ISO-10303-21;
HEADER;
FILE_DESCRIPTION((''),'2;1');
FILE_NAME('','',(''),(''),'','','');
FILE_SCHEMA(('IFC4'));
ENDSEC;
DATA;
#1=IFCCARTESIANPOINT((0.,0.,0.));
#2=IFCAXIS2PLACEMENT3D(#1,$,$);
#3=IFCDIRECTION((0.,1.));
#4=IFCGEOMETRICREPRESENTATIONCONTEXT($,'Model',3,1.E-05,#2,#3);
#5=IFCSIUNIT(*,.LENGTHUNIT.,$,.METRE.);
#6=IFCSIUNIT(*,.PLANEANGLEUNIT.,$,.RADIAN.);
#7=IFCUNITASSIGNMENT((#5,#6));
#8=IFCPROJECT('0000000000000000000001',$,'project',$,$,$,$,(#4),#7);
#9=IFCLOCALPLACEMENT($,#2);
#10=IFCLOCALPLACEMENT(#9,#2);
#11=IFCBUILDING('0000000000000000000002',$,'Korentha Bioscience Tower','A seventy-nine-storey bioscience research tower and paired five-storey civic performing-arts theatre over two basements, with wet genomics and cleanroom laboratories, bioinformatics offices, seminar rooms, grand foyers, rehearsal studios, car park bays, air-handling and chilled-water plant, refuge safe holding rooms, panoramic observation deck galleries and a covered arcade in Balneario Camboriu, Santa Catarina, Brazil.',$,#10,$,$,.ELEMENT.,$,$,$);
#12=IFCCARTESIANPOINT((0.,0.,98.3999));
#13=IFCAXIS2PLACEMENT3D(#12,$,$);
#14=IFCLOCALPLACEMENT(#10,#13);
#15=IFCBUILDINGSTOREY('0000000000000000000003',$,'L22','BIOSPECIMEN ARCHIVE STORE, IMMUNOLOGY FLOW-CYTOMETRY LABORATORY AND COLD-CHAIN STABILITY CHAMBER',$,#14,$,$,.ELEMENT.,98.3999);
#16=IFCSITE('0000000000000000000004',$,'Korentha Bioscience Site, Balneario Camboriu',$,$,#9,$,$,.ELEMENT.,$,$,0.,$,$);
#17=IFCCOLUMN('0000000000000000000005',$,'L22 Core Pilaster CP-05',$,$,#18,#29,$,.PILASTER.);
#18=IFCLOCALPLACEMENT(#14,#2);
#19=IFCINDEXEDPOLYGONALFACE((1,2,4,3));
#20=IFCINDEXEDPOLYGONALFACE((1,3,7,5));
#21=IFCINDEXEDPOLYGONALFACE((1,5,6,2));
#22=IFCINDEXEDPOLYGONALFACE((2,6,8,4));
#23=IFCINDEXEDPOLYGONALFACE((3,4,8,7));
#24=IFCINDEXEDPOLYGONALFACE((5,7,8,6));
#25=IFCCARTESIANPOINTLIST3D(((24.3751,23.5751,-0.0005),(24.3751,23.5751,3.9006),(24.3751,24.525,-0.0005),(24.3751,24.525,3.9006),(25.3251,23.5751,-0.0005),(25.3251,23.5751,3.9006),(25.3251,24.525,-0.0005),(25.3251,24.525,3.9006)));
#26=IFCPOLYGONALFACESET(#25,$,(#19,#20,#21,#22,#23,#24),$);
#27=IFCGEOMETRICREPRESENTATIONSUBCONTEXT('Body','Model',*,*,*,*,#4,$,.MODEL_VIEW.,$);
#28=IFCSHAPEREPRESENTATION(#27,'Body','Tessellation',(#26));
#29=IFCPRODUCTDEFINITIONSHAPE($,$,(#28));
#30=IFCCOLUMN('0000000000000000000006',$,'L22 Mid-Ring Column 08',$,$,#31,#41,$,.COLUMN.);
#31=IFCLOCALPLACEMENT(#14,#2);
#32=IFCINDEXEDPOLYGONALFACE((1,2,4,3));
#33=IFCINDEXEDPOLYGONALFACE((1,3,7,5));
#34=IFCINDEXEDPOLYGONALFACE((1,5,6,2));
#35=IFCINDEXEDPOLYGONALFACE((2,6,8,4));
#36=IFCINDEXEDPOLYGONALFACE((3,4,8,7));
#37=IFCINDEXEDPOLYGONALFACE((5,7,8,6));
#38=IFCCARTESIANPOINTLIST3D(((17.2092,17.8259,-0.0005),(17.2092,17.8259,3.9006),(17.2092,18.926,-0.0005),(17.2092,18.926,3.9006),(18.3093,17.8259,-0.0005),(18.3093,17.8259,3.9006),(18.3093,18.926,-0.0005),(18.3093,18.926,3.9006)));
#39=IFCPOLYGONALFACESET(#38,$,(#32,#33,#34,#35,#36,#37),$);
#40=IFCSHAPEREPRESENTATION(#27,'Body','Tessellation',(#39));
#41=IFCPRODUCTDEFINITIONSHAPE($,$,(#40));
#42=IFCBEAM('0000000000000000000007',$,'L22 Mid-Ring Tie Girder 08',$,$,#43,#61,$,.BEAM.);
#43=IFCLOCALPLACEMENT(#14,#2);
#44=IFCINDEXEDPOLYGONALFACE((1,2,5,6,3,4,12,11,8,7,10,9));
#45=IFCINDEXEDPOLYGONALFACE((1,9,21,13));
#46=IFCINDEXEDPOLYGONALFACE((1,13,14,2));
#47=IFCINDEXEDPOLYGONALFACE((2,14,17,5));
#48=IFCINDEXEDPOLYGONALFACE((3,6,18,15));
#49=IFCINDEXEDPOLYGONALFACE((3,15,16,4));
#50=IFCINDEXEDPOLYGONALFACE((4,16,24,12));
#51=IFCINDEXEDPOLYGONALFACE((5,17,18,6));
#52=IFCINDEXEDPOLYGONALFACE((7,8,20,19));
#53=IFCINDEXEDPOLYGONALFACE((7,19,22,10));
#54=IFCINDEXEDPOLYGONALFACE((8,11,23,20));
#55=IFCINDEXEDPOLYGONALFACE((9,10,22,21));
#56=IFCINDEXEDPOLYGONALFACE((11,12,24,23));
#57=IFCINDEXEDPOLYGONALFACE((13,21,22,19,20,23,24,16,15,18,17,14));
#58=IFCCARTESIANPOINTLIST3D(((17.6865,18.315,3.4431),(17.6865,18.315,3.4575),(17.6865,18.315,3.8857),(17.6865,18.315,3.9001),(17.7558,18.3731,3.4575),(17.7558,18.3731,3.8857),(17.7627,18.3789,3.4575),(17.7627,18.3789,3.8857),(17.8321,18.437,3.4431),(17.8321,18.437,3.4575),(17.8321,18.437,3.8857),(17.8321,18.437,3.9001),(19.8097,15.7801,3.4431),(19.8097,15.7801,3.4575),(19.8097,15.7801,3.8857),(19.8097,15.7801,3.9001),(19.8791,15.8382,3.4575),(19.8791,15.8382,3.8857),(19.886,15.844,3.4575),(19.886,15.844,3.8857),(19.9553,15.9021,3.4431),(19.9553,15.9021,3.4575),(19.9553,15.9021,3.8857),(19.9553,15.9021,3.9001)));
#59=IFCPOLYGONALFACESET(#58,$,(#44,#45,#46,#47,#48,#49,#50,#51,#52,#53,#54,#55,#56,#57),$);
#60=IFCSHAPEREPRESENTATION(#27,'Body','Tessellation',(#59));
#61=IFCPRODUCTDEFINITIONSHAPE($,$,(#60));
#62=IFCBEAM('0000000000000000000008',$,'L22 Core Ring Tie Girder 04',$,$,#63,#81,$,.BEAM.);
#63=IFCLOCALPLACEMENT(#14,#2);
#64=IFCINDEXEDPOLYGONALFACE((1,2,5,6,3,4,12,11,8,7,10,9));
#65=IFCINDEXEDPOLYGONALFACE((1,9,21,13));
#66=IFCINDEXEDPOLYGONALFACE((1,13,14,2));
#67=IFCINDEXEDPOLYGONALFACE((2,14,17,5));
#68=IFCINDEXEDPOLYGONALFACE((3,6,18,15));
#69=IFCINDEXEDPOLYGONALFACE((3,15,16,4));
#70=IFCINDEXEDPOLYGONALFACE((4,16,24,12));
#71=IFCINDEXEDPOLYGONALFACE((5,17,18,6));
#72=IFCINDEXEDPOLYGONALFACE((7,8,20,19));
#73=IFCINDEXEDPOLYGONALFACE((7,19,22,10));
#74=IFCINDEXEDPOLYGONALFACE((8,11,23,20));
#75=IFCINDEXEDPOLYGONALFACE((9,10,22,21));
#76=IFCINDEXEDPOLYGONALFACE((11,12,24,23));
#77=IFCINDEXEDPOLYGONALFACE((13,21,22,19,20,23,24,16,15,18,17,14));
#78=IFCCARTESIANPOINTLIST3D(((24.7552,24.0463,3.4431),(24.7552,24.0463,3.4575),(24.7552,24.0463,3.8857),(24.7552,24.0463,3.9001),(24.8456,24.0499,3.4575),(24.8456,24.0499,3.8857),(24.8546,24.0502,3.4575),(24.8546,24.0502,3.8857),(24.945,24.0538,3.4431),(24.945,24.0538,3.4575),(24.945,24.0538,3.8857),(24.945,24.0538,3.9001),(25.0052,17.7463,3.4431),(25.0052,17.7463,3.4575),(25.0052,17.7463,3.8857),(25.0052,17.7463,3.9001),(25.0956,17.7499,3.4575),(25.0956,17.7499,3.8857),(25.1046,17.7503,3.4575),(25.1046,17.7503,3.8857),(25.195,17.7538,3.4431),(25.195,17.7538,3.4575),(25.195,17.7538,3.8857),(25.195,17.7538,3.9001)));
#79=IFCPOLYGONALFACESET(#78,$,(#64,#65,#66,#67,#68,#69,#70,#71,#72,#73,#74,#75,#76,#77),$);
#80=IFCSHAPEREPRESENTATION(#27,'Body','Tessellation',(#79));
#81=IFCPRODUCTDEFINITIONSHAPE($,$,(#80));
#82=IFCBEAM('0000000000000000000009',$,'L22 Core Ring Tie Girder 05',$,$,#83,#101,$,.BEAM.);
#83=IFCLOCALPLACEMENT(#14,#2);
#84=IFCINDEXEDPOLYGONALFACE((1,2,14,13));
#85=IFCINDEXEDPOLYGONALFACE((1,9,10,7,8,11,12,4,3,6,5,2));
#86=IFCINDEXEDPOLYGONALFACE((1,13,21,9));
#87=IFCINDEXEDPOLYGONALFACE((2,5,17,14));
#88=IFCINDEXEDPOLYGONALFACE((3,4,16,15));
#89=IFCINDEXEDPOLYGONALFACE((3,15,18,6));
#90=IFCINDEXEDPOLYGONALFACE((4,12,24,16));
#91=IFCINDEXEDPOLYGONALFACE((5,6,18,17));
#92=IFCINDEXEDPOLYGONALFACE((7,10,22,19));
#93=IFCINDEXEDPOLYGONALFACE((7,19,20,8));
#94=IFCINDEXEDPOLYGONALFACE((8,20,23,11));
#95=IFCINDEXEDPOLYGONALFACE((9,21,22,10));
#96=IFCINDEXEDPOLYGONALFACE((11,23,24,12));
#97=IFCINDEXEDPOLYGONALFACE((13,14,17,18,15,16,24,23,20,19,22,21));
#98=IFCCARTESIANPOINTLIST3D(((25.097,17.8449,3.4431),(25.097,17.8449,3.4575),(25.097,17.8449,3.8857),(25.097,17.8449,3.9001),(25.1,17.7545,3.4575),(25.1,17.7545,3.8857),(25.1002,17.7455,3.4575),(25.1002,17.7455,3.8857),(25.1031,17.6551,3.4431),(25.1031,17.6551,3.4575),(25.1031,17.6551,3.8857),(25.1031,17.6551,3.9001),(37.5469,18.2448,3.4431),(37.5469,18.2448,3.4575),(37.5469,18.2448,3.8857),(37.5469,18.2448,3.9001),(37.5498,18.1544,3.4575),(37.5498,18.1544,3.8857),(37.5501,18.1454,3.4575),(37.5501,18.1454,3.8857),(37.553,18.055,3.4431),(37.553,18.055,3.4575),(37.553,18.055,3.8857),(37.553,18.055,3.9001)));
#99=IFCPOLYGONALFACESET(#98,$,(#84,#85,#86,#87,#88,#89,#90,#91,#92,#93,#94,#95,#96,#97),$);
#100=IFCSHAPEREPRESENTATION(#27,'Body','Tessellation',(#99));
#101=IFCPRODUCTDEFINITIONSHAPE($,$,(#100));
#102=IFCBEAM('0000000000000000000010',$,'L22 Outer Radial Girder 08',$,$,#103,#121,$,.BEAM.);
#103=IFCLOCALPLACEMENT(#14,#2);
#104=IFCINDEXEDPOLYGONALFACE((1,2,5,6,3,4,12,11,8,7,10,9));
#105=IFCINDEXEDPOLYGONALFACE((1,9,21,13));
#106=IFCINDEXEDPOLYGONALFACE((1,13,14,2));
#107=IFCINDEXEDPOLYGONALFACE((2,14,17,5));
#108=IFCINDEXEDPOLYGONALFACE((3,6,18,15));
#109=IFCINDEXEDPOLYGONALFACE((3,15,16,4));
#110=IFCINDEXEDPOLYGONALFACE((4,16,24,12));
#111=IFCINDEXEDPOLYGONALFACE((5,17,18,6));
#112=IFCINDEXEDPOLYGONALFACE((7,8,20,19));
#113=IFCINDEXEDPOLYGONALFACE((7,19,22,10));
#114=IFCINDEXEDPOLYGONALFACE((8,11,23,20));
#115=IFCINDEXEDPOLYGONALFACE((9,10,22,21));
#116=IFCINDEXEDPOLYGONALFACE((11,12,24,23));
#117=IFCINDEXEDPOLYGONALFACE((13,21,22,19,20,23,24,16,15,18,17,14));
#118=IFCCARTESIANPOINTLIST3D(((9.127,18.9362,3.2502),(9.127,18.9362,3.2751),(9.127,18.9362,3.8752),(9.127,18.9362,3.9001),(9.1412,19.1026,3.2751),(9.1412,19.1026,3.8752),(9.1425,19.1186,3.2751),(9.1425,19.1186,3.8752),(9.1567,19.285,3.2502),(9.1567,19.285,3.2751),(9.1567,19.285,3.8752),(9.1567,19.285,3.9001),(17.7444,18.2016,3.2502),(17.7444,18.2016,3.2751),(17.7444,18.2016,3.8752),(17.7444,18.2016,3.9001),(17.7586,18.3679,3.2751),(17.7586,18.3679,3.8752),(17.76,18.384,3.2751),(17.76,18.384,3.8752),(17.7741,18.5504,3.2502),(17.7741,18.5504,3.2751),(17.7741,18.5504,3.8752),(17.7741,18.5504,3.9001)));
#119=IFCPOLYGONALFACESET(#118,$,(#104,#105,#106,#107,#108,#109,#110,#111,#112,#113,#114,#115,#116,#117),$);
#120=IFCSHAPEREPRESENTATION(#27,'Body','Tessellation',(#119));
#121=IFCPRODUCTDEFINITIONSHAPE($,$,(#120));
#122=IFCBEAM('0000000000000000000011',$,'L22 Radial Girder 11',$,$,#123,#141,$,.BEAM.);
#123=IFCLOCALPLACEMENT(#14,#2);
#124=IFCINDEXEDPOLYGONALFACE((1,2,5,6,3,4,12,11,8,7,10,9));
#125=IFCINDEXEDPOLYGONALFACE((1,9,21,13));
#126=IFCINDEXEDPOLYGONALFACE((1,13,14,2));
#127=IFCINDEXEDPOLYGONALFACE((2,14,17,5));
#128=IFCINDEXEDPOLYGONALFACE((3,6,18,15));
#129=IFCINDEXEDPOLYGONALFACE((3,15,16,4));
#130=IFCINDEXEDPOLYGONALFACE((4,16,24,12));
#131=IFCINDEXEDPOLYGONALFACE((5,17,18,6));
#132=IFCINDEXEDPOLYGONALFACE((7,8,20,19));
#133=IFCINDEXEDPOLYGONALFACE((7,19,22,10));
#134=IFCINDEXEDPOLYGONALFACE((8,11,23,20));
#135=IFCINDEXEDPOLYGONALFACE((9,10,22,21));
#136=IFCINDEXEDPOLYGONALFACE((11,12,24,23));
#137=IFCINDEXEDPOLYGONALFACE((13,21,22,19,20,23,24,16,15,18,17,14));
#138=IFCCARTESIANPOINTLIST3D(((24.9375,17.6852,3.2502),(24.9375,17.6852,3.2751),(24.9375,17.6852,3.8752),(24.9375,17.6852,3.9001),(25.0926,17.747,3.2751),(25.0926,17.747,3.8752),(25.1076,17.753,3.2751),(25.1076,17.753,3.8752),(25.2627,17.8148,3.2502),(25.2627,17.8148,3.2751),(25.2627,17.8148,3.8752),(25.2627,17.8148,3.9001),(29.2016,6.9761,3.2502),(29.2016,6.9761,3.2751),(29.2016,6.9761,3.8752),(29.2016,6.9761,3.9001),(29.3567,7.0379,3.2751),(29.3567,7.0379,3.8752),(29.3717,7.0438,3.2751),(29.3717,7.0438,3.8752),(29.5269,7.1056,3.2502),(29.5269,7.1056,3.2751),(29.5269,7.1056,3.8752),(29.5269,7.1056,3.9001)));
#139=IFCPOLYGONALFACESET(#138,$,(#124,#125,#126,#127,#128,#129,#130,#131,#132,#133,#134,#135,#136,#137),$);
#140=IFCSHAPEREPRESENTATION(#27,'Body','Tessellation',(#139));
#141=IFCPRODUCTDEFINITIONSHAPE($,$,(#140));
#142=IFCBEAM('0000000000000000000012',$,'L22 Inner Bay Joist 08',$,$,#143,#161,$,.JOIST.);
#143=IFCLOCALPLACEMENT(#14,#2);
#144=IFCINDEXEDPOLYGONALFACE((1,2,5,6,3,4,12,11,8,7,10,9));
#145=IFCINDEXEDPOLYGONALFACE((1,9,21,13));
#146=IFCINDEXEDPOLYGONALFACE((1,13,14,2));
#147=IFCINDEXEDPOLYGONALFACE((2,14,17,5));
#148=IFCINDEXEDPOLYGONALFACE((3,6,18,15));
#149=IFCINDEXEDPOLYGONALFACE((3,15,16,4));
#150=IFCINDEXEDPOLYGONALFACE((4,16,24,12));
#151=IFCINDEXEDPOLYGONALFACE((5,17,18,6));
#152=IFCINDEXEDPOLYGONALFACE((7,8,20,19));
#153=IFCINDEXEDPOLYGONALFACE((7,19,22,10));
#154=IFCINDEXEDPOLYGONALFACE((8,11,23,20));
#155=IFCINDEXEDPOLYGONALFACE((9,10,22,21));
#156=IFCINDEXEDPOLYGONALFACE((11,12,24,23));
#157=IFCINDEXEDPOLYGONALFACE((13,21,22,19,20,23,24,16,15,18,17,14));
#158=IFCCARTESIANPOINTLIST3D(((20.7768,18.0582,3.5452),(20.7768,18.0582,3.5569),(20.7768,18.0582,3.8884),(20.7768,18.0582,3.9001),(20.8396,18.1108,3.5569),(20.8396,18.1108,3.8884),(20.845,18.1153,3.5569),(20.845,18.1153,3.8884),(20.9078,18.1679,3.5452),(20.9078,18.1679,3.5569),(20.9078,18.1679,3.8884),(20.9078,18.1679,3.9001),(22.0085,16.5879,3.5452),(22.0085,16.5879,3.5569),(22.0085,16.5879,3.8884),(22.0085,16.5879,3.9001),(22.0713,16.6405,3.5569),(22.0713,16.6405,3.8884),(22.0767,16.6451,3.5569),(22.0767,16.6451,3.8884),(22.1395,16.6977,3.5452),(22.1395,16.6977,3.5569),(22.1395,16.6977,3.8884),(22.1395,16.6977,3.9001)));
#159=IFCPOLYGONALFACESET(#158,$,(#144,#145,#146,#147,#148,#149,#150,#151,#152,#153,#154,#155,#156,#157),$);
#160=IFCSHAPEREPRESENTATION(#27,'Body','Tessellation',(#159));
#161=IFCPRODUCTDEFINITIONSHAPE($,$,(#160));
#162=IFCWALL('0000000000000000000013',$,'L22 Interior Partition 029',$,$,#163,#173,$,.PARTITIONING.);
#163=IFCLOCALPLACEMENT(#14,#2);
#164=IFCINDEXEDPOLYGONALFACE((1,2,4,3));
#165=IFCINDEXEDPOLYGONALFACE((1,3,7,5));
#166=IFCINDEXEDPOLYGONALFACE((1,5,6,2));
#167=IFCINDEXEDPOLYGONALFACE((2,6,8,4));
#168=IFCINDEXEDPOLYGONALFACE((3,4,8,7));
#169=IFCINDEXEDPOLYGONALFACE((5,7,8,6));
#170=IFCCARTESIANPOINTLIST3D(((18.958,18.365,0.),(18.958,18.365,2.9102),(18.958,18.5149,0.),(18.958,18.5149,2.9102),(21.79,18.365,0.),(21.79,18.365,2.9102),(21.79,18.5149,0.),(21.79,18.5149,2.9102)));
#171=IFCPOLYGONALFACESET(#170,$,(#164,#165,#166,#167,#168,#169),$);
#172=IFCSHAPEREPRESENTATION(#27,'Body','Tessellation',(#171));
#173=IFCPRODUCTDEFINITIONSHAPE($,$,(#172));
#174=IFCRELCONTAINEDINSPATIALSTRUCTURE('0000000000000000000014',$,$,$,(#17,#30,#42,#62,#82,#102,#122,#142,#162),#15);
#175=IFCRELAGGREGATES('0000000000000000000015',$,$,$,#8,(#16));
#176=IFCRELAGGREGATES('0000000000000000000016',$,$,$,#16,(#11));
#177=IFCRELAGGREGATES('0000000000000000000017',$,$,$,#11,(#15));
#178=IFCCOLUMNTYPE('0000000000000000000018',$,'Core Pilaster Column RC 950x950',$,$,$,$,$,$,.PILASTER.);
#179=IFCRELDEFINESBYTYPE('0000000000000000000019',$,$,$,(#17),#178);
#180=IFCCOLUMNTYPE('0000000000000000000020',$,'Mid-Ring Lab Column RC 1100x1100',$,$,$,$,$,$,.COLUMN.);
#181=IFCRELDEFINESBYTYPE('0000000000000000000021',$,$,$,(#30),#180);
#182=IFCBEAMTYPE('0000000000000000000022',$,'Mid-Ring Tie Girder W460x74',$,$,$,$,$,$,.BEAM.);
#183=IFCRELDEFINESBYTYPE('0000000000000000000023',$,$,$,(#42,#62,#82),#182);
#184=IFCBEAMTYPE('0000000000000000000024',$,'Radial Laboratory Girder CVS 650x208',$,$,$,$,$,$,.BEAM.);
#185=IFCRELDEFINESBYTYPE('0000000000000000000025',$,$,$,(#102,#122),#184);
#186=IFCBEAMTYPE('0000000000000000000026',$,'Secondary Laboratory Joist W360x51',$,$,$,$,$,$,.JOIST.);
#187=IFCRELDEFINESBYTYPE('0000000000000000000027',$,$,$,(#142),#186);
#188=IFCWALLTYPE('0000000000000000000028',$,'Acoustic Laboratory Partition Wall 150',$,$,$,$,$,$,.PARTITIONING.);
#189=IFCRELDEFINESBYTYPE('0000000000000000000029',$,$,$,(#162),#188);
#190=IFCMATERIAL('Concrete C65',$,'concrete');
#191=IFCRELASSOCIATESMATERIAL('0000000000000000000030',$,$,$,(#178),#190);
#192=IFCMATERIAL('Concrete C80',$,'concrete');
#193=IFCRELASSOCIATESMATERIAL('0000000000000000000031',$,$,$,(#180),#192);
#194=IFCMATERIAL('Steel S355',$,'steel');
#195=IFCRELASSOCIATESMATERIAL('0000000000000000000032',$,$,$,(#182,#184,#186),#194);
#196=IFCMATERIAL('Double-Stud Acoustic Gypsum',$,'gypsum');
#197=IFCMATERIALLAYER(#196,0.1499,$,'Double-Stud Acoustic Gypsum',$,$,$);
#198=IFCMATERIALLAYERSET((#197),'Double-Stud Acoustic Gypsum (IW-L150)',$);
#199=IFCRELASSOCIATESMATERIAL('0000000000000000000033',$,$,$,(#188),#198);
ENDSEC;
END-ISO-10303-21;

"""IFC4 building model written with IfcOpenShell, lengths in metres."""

from ifc_helpers import new_model, si_unit, direction, frame, frame_2d, origin, origin_2d, place, context, subcontext, project, spatial, rectangle, i_section, extrude, material, layer, layer_set, material_profile, profile_set, type_object, element, save


model = new_model("IFC4")

# Units and contexts
model_context = context("Model", 3, precision=1e-05, world=origin(), true_north=direction((0.0, 1.0)))
body_context = subcontext(model_context, "Body", "Model", "MODEL_VIEW")
ifc_project = project(units=[si_unit("LENGTHUNIT", "METRE"), si_unit("PLANEANGLEUNIT", "RADIAN")], contexts=[model_context])

# Site, building, storey
site_placement = place(None, origin())
site = spatial("IfcSite", under=ifc_project, at=site_placement, Name="Korentha Bioscience Site, Balneario Camboriu", CompositionType="ELEMENT", RefElevation=0.0)
building_placement = place(site_placement, origin())
building = spatial("IfcBuilding", under=site, at=building_placement, Name="Korentha Bioscience Tower", Description="A seventy-nine-storey bioscience research tower and paired five-storey civic performing-arts theatre over two basements, with wet genomics and cleanroom laboratories, bioinformatics offices, seminar rooms, grand foyers, rehearsal studios, car park bays, air-handling and chilled-water plant, refuge safe holding rooms, panoramic observation deck galleries and a covered arcade in Balneario Camboriu, Santa Catarina, Brazil.", CompositionType="ELEMENT")
storey_placement = place(building_placement, frame((0.0, 0.0, 98.3999)))
storey = spatial("IfcBuildingStorey", under=building, at=storey_placement, Name="L22", Description="BIOSPECIMEN ARCHIVE STORE, IMMUNOLOGY FLOW-CYTOMETRY LABORATORY AND COLD-CHAIN STABILITY CHAMBER", CompositionType="ELEMENT", Elevation=98.3999)

# Columns
ifc_material_1 = material(Name="Concrete C65", Category="concrete")
ifc_material_profile_1 = material_profile(ifc_material_1, rectangle(XDim=0.95, YDim=0.95, at=origin_2d()), Name="Concrete C65")
ifc_profile_set_1 = profile_set([ifc_material_profile_1], Name="Concrete C65 (COL-CP09)")
column_type_1 = type_object("IfcColumnType", Name="Core Pilaster Column RC 950x950", PredefinedType="PILASTER", material=ifc_profile_set_1)
column_1_placement = place(storey_placement, frame((24.8501, 24.05, -0.0005), z_axis=(0.0, 0.0, 1.0), x_axis=(1.0, 0.0, 0.0)))
element("IfcColumn", 1, at=column_1_placement, inside=storey, type_object=column_type_1, Name="L22 Core Pilaster CP-05", PredefinedType="PILASTER", context=body_context, shape_type="SweptSolid", body=[
    extrude(rectangle(XDim=0.95, YDim=0.95, at=origin_2d()), origin(), (0.0, 0.0, 1.0), 3.9011),
])
ifc_material_2 = material(Name="Concrete C80", Category="concrete")
ifc_material_profile_2 = material_profile(ifc_material_2, rectangle(XDim=1.1001, YDim=1.1001, at=origin_2d()), Name="Concrete C80")
ifc_profile_set_2 = profile_set([ifc_material_profile_2], Name="Concrete C80 (COL-MR11)")
column_type_2 = type_object("IfcColumnType", Name="Mid-Ring Lab Column RC 1100x1100", PredefinedType="COLUMN", material=ifc_profile_set_2)
column_2_placement = place(storey_placement, frame((17.7593, 18.376, -0.0005), z_axis=(0.0, 0.0, 1.0), x_axis=(1.0, 0.0, 0.0)))
element("IfcColumn", 2, at=column_2_placement, inside=storey, type_object=column_type_2, Name="L22 Mid-Ring Column 08", PredefinedType="COLUMN", context=body_context, shape_type="SweptSolid", body=[
    extrude(rectangle(XDim=1.1001, YDim=1.1001, at=origin_2d()), origin(), (0.0, 0.0, 1.0), 3.9011),
])

# Beams
ifc_material_3 = material(Name="Steel S355", Category="steel")
ifc_material_profile_3 = material_profile(ifc_material_3, i_section(OverallWidth=0.1899, OverallDepth=0.457, WebThickness=0.009, FlangeThickness=0.0144, at=origin_2d()), Name="Steel S355")
ifc_profile_set_3 = profile_set([ifc_material_profile_3], Name="Steel S355 (MB-460)")
beam_type_1 = type_object("IfcBeamType", Name="Mid-Ring Tie Girder W460x74", PredefinedType="BEAM", material=ifc_profile_set_3)
beam_1_placement = place(storey_placement, frame((17.7593, 18.376, 3.6716), z_axis=(0.642121, -0.766603, 0.0), x_axis=(0.766603, 0.642121, 0.0)))
element("IfcBeam", 3, at=beam_1_placement, inside=storey, type_object=beam_type_1, Name="L22 Mid-Ring Tie Girder 08", PredefinedType="BEAM", context=body_context, shape_type="SweptSolid", body=[
    extrude(i_section(OverallWidth=0.1899, OverallDepth=0.457, WebThickness=0.009, FlangeThickness=0.0144, at=origin_2d()), origin(), (0.0, 0.0, 1.0), 3.3066),
])
beam_2_placement = place(storey_placement, frame((24.8501, 24.05, 3.6716), z_axis=(0.039651, -0.999214, 0.0), x_axis=(0.999214, 0.039651, 0.0)))
element("IfcBeam", 4, at=beam_2_placement, inside=storey, type_object=beam_type_1, Name="L22 Core Ring Tie Girder 04", PredefinedType="BEAM", context=body_context, shape_type="SweptSolid", body=[
    extrude(i_section(OverallWidth=0.1899, OverallDepth=0.457, WebThickness=0.009, FlangeThickness=0.0144, at=origin_2d()), origin(), (0.0, 0.0, 1.0), 6.3049),
])
beam_3_placement = place(storey_placement, frame((25.1001, 17.75, 3.6716), z_axis=(0.999485, 0.032104, 0.0), x_axis=(-0.032104, 0.999485, 0.0)))
element("IfcBeam", 5, at=beam_3_placement, inside=storey, type_object=beam_type_1, Name="L22 Core Ring Tie Girder 05", PredefinedType="BEAM", context=body_context, shape_type="SweptSolid", body=[
    extrude(i_section(OverallWidth=0.1899, OverallDepth=0.457, WebThickness=0.009, FlangeThickness=0.0144, at=origin_2d()), origin(), (0.0, 0.0, 1.0), 12.4563),
])
ifc_material_profile_4 = material_profile(ifc_material_3, i_section(OverallWidth=0.3501, OverallDepth=0.6499, WebThickness=0.0161, FlangeThickness=0.0249, at=origin_2d()), Name="Steel S355")
ifc_profile_set_4 = profile_set([ifc_material_profile_4], Name="Steel S355 (RB-650)")
beam_type_2 = type_object("IfcBeamType", Name="Radial Laboratory Girder CVS 650x208", PredefinedType="BEAM", material=ifc_profile_set_4)
beam_4_placement = place(storey_placement, frame((17.7593, 18.376, 3.5752), z_axis=(-0.996386, 0.08494, 0.0), x_axis=(-0.08494, -0.996386, 0.0)))
element("IfcBeam", 6, at=beam_4_placement, inside=storey, type_object=beam_type_2, Name="L22 Outer Radial Girder 08", PredefinedType="BEAM", context=body_context, shape_type="SweptSolid", body=[
    extrude(i_section(OverallWidth=0.3501, OverallDepth=0.6499, WebThickness=0.0161, FlangeThickness=0.0249, at=origin_2d()), origin(), (0.0, 0.0, 1.0), 8.6487),
])
beam_5_placement = place(storey_placement, frame((25.1001, 17.75, 3.5752), z_axis=(0.36993, -0.92906, 0.0), x_axis=(0.92906, 0.36993, 0.0)))
element("IfcBeam", 7, at=beam_5_placement, inside=storey, type_object=beam_type_2, Name="L22 Radial Girder 11", PredefinedType="BEAM", context=body_context, shape_type="SweptSolid", body=[
    extrude(i_section(OverallWidth=0.3501, OverallDepth=0.6499, WebThickness=0.0161, FlangeThickness=0.0249, at=origin_2d()), origin(), (0.0, 0.0, 1.0), 11.5269),
])
ifc_material_profile_5 = material_profile(ifc_material_3, i_section(OverallWidth=0.1709, OverallDepth=0.355, WebThickness=0.0071, FlangeThickness=0.0117, at=origin_2d()), Name="Steel S355")
ifc_profile_set_5 = profile_set([ifc_material_profile_5], Name="Steel S355 (JB-360)")
beam_type_3 = type_object("IfcBeamType", Name="Secondary Laboratory Joist W360x51", PredefinedType="JOIST", material=ifc_profile_set_5)
beam_6_placement = place(storey_placement, frame((20.8423, 18.113, 3.7227), z_axis=(0.642185, -0.766549, 0.0), x_axis=(0.766549, 0.642185, 0.0)))
element("IfcBeam", 8, at=beam_6_placement, inside=storey, type_object=beam_type_3, Name="L22 Inner Bay Joist 08", PredefinedType="JOIST", context=body_context, shape_type="SweptSolid", body=[
    extrude(i_section(OverallWidth=0.1709, OverallDepth=0.355, WebThickness=0.0071, FlangeThickness=0.0117, at=origin_2d()), origin(), (0.0, 0.0, 1.0), 1.918),
])

# Wall
ifc_material_4 = material(Name="Double-Stud Acoustic Gypsum", Category="gypsum")
ifc_layer_1 = layer(ifc_material_4, 0.1499, Name="Double-Stud Acoustic Gypsum")
ifc_layer_set_1 = layer_set([ifc_layer_1], Name="Double-Stud Acoustic Gypsum (IW-L150)")
wall_type_1 = type_object("IfcWallType", Name="Acoustic Laboratory Partition Wall 150", PredefinedType="PARTITIONING", material=ifc_layer_set_1)
wall_1_placement = place(storey_placement, frame((18.958, 18.4399, 0.0), z_axis=(0.0, 0.0, 1.0), x_axis=(1.0, 0.0, 0.0)))
element("IfcWall", 9, at=wall_1_placement, inside=storey, type_object=wall_type_1, Name="L22 Interior Partition 029", PredefinedType="PARTITIONING", context=body_context, shape_type="SweptSolid", body=[
    extrude(rectangle(XDim=2.832, YDim=0.1499, at=frame_2d((1.416, 0.0))), origin(), (0.0, 0.0, 1.0), 2.9102),
])

save(model, "model.ifc")
